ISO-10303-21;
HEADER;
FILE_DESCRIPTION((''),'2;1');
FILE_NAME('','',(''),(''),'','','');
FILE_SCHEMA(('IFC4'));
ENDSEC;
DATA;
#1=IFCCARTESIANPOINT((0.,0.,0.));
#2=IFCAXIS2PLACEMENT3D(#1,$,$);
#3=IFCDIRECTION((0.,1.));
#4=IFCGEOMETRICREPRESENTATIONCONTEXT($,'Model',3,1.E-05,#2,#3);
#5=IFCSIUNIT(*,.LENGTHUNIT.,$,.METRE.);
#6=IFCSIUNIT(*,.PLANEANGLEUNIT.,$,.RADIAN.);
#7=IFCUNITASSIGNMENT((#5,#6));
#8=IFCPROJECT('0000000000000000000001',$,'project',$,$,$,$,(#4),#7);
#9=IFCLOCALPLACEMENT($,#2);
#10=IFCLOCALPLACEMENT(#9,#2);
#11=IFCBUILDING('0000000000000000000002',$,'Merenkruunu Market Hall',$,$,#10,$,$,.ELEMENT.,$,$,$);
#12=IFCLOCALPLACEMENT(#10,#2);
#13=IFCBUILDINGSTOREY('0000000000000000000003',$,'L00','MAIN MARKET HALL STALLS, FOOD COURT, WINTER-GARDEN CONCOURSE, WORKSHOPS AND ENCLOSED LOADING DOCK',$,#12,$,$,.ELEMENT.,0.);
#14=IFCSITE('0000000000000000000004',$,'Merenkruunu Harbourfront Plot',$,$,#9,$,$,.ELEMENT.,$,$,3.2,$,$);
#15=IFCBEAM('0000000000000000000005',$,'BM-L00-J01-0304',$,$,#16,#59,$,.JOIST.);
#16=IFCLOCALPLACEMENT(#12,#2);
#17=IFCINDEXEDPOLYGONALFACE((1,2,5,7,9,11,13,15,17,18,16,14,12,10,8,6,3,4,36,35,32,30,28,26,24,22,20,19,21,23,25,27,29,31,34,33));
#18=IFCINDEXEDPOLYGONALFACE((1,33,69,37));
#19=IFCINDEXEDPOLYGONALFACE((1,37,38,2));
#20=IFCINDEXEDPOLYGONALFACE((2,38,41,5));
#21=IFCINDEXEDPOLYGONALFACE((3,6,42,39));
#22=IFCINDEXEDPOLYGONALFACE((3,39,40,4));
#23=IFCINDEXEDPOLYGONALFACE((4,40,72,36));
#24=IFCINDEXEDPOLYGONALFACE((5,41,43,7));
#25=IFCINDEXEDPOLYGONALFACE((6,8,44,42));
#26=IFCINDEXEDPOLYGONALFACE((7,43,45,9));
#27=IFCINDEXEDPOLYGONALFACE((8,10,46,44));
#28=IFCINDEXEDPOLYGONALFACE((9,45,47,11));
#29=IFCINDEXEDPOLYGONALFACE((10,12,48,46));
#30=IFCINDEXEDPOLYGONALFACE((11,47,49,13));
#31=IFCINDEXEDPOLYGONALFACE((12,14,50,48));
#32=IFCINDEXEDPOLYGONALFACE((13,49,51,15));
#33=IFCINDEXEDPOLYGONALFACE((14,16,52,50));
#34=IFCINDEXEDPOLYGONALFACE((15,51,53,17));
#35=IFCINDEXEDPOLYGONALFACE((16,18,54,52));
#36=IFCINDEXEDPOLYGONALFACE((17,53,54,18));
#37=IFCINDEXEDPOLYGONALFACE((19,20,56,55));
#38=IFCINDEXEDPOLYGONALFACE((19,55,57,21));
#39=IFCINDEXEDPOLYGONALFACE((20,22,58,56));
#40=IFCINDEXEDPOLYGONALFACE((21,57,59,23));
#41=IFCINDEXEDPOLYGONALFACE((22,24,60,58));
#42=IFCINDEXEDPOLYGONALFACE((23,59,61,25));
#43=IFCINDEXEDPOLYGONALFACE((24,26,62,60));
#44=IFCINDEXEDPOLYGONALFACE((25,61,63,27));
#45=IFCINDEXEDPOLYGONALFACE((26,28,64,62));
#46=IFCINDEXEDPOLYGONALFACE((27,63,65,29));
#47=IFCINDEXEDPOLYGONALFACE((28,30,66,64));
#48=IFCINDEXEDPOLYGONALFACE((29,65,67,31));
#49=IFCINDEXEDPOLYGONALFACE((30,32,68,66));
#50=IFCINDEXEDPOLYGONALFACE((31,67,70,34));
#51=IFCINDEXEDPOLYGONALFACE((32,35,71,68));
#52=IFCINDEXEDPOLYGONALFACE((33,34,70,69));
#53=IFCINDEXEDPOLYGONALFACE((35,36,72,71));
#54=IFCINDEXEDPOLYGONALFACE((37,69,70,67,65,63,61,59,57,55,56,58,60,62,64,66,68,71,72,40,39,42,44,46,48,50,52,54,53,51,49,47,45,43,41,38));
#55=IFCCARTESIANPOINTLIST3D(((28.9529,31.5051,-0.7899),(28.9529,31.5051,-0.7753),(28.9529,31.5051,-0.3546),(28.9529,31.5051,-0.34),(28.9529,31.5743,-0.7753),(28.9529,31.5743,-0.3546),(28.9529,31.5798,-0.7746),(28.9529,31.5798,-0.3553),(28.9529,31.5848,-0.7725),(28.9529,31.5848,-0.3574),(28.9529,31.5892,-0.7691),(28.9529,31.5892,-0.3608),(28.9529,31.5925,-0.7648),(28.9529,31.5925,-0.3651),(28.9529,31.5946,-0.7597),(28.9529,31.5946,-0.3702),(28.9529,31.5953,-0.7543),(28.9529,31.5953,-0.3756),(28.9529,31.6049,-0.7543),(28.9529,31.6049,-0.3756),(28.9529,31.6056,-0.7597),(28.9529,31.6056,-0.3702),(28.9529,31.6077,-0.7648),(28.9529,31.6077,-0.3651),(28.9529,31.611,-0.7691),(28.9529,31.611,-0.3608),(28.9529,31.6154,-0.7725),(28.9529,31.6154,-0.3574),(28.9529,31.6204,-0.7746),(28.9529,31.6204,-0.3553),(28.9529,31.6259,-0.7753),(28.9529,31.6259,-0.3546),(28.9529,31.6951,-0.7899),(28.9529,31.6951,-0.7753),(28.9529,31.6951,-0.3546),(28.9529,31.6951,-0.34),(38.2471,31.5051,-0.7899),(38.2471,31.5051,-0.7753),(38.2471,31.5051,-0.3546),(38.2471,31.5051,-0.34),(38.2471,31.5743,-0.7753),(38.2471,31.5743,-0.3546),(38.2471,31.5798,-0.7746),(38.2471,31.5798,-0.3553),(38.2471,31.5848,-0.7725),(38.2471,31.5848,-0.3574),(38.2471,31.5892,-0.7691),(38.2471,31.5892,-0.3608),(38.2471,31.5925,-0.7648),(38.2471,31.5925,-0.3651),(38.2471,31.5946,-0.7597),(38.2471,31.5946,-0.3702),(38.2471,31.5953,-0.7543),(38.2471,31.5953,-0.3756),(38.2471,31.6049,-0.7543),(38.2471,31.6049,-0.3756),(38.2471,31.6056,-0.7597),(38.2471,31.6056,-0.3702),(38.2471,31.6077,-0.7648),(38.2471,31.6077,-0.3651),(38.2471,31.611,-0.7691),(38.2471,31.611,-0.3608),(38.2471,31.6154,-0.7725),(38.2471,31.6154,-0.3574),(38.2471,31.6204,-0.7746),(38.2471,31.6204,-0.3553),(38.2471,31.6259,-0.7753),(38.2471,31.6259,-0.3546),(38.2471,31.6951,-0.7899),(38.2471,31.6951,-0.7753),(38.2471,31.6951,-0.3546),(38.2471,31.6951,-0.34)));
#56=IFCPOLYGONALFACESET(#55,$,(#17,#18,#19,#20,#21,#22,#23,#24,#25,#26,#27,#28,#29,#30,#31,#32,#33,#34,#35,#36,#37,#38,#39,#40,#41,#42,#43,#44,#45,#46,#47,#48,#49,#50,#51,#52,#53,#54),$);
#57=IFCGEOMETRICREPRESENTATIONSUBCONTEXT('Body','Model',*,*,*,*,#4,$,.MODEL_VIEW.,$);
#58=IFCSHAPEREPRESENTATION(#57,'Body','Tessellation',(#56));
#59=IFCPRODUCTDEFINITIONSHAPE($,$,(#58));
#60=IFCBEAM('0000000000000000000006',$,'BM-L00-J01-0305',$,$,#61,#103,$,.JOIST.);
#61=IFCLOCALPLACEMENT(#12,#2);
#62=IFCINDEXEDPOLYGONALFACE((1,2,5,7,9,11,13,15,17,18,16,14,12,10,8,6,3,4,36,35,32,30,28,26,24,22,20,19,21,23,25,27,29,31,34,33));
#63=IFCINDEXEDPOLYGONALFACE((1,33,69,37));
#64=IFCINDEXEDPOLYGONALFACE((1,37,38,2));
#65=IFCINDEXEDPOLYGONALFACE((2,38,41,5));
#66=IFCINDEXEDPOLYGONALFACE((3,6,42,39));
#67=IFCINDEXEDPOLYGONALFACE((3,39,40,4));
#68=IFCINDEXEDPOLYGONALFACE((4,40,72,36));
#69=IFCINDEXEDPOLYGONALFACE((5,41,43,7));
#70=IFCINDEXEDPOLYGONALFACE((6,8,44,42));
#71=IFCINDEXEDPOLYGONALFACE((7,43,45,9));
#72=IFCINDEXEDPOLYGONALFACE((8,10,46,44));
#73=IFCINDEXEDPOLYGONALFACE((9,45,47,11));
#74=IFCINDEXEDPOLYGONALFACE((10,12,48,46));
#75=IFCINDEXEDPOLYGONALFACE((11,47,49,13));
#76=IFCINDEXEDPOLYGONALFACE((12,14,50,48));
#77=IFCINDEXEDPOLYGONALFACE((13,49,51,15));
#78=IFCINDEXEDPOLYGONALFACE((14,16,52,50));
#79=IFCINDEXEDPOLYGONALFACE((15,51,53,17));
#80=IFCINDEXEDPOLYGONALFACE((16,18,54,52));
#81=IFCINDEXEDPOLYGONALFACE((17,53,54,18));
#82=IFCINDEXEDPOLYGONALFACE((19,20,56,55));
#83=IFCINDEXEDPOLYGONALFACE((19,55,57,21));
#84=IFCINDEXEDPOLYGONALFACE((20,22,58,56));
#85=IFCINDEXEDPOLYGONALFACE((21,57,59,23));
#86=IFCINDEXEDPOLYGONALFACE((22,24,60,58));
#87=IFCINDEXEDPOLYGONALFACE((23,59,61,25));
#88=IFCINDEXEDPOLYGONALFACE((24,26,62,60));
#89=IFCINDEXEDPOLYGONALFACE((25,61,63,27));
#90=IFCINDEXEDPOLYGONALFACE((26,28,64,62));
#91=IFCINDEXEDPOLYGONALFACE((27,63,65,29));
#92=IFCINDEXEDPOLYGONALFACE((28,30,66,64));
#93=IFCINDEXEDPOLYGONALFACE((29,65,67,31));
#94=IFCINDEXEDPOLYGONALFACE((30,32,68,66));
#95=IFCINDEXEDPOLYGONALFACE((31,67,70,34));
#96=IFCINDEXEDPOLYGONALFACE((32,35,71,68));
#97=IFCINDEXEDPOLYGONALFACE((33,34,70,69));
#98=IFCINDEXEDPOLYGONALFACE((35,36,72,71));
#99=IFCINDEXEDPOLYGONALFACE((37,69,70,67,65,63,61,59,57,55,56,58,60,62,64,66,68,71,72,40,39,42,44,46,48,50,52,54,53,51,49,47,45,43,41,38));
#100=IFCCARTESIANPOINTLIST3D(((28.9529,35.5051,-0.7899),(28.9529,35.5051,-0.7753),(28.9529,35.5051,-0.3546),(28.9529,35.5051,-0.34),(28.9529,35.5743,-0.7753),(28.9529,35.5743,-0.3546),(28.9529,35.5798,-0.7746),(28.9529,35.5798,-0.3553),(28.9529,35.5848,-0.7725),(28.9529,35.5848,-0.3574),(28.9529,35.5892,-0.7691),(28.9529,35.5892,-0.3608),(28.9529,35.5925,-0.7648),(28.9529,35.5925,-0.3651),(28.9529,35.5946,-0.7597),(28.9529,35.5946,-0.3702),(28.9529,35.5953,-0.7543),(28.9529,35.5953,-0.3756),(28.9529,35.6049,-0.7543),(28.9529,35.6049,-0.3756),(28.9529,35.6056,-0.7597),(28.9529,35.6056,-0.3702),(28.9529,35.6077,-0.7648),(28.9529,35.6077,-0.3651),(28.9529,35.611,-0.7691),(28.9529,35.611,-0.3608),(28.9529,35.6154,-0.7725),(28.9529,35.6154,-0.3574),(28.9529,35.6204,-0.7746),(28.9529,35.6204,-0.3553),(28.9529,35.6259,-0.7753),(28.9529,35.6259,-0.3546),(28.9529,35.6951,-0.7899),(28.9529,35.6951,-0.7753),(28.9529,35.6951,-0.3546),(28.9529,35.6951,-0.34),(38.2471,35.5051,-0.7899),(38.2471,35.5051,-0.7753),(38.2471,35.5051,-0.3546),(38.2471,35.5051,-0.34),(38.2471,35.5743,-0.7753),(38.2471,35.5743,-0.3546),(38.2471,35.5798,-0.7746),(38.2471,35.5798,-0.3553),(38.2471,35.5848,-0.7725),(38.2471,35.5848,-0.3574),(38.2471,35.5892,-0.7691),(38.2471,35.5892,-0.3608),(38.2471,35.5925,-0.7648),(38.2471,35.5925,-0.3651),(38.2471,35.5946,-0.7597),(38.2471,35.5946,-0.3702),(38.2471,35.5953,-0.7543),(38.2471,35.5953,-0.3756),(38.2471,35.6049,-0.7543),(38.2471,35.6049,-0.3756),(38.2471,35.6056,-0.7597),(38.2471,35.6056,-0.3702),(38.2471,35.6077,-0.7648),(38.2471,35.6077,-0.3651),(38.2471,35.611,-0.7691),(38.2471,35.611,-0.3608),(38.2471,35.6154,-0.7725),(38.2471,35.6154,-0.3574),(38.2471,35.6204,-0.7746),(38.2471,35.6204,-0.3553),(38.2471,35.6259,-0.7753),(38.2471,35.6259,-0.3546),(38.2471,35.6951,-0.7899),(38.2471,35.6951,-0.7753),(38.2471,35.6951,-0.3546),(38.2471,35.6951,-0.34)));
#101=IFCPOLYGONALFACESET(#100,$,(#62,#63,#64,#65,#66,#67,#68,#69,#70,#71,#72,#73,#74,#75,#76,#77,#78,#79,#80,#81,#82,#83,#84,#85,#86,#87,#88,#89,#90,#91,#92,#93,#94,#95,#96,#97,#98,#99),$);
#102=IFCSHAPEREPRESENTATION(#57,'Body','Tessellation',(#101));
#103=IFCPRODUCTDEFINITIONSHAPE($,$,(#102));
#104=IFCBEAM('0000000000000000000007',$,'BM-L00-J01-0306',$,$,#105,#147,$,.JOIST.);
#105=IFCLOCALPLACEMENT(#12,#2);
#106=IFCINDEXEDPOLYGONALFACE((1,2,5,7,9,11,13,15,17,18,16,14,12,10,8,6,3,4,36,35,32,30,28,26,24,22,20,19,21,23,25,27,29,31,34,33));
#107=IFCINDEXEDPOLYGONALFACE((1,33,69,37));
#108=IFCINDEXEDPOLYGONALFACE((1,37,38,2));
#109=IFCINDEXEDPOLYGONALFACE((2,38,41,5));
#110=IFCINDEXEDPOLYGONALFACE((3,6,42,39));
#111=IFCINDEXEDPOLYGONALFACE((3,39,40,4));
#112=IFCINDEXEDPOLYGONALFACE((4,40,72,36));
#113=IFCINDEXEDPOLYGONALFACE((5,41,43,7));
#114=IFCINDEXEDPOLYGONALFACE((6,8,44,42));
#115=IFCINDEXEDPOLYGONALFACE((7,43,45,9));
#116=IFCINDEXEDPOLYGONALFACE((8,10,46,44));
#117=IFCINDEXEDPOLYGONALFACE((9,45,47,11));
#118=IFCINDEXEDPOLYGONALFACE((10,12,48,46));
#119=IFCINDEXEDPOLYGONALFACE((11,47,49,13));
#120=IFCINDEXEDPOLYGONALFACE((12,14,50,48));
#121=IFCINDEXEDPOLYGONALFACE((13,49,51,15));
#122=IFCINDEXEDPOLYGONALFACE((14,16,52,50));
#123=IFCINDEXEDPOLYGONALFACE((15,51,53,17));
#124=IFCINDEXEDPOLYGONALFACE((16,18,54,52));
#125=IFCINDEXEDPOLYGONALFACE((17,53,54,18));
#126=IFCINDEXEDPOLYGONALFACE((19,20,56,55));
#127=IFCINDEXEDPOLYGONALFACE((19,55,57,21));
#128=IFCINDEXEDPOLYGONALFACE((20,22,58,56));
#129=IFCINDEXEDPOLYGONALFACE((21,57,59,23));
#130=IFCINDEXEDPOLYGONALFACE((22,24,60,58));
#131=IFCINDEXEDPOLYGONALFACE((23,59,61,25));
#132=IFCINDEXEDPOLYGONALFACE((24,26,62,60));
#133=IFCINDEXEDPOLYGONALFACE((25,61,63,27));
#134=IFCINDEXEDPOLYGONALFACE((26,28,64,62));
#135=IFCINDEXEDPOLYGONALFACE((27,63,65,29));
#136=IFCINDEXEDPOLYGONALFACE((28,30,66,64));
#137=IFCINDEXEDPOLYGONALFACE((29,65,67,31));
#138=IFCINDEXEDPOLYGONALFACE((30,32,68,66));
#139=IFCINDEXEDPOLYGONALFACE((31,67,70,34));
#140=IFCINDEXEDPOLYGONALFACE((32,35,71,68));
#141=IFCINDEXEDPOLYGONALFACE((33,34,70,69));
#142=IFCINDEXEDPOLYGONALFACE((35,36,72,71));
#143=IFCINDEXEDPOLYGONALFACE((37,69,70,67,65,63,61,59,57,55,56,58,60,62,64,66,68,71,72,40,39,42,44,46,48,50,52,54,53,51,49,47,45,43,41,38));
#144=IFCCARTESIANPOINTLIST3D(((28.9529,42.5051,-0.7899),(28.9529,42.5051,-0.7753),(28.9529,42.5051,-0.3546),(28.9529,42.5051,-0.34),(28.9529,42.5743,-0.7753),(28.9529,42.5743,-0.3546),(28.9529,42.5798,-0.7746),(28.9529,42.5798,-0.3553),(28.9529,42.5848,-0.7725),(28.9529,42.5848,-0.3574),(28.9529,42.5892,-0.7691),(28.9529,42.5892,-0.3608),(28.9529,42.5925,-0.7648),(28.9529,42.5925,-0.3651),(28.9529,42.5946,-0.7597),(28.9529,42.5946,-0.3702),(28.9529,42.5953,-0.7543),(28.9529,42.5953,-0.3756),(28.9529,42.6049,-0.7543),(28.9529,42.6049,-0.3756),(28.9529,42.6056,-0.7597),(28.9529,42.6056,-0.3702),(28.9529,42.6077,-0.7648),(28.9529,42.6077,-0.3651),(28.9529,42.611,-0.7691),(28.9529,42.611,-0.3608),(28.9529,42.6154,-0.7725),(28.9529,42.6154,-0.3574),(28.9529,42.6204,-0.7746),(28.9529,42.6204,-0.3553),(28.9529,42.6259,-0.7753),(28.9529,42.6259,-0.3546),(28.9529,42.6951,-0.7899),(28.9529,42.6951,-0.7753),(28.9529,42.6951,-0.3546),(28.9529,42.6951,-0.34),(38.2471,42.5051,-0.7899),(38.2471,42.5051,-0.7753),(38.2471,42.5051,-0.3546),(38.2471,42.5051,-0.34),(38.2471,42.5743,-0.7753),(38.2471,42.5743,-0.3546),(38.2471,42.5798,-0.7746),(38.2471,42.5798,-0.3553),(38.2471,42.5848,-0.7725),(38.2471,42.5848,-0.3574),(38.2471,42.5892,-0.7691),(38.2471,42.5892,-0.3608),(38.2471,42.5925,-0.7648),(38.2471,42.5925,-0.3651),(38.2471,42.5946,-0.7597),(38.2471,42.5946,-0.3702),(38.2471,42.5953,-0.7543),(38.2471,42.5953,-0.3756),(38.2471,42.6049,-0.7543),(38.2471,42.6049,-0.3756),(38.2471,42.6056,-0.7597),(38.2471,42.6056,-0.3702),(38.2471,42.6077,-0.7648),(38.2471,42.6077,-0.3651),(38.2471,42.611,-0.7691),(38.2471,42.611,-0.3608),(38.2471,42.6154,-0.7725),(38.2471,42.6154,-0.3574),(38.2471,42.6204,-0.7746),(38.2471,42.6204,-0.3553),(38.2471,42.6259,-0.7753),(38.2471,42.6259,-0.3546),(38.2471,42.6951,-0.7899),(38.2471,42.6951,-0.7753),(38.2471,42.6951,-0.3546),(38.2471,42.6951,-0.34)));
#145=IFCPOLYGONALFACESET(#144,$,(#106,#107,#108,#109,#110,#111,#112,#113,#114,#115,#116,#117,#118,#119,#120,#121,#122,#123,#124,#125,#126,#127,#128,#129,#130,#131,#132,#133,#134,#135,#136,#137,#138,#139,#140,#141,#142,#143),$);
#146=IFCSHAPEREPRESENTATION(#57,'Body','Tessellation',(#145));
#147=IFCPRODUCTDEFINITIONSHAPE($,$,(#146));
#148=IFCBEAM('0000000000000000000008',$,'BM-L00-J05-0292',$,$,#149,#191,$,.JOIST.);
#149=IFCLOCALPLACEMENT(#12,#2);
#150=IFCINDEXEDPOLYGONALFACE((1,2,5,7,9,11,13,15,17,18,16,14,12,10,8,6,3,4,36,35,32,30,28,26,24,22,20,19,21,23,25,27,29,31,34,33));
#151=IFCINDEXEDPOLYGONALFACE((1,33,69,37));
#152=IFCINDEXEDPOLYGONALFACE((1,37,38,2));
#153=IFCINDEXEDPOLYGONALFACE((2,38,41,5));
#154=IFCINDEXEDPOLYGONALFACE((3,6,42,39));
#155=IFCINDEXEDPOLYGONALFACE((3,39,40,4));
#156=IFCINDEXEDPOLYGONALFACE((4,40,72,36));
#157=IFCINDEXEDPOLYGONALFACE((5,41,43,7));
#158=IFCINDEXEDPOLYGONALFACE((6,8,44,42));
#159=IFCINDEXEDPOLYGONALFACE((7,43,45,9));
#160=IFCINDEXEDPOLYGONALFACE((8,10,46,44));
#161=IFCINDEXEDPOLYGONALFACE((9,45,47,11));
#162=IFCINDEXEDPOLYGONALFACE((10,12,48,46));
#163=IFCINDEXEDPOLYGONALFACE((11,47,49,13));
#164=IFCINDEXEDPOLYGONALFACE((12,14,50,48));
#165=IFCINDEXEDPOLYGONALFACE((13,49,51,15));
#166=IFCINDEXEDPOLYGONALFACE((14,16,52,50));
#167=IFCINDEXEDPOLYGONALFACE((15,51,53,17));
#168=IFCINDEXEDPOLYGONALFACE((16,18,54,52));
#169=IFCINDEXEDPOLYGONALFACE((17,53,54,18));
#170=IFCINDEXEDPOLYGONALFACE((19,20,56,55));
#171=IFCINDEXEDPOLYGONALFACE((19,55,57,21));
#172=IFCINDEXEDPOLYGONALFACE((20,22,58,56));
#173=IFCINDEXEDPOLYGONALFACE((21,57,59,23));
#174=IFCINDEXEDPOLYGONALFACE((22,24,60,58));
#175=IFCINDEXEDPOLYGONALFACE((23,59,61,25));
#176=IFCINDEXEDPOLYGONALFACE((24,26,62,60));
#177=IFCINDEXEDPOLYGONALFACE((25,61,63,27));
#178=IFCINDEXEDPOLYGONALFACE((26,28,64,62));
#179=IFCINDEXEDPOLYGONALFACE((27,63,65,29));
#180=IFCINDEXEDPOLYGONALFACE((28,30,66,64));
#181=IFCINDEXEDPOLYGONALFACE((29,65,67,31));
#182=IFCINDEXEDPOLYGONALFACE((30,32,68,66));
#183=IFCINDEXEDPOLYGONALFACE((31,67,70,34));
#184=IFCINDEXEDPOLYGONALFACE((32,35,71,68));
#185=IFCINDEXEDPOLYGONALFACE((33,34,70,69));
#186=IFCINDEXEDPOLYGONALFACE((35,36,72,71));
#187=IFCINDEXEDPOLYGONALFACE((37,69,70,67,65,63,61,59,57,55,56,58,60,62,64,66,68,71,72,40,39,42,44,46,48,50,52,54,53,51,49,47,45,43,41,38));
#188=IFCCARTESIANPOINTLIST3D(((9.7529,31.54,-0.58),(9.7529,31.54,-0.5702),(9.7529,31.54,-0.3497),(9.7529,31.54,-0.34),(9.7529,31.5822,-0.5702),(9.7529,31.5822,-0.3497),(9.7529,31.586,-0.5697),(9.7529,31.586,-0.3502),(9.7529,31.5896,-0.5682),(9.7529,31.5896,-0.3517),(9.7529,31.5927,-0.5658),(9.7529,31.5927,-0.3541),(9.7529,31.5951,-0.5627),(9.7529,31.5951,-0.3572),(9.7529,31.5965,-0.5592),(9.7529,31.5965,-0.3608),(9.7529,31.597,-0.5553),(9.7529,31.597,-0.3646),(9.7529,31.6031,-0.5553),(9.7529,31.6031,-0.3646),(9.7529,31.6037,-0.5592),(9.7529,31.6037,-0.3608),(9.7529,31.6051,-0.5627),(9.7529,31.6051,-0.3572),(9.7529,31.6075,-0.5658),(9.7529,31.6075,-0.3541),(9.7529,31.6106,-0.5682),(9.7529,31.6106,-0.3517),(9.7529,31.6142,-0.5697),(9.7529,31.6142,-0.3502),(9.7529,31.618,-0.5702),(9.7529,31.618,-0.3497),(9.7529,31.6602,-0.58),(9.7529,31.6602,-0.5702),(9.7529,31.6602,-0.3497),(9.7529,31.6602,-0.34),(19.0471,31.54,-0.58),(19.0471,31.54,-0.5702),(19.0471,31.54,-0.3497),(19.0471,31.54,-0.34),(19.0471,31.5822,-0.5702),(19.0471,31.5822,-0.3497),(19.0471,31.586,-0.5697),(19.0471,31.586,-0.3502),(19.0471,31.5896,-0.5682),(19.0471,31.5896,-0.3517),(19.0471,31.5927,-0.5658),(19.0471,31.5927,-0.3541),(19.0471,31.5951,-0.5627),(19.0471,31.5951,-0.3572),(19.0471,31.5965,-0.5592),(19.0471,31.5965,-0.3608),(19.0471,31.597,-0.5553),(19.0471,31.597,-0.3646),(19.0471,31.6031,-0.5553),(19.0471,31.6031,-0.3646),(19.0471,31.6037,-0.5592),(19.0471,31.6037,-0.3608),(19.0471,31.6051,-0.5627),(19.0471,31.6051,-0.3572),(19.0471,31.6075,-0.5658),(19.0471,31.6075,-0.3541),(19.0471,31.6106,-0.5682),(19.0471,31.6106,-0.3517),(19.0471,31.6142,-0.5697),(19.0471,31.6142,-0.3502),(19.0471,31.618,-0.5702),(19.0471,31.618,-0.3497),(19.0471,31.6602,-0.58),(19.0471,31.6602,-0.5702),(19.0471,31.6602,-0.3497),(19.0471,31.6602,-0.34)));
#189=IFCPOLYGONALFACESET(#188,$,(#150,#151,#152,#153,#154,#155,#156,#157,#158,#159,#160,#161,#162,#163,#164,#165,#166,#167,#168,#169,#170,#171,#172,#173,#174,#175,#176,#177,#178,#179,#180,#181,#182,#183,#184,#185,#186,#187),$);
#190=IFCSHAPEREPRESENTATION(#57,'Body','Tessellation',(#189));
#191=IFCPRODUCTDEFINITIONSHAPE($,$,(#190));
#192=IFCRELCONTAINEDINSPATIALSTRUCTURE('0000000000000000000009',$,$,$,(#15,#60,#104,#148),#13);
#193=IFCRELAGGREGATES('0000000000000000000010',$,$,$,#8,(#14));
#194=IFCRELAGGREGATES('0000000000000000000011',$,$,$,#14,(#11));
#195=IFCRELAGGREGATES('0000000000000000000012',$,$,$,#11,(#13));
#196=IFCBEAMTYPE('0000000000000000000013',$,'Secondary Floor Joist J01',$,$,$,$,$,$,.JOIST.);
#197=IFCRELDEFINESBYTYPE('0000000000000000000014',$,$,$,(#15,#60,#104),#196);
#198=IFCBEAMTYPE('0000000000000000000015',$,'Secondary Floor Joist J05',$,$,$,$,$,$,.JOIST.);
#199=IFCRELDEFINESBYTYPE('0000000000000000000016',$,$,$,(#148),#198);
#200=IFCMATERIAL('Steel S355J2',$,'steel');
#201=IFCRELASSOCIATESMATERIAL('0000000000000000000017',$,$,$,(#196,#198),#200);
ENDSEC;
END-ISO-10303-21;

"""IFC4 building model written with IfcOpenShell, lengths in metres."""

from ifc_helpers import new_model, si_unit, direction, frame, origin, origin_2d, place, context, subcontext, project, spatial, i_section, extrude, material, material_profile, profile_set, type_object, element, save


model = new_model("IFC4")

# Units and contexts
model_context = context("Model", 3, precision=1e-05, world=origin(), true_north=direction((0.0, 1.0)))
body_context = subcontext(model_context, "Body", "Model", "MODEL_VIEW")
ifc_project = project(units=[si_unit("LENGTHUNIT", "METRE"), si_unit("PLANEANGLEUNIT", "RADIAN")], contexts=[model_context])

# Site, building, storey
site_placement = place(None, origin())
site = spatial("IfcSite", under=ifc_project, at=site_placement, Name="Merenkruunu Harbourfront Plot", CompositionType="ELEMENT", RefElevation=3.2)
building_placement = place(site_placement, origin())
building = spatial("IfcBuilding", under=site, at=building_placement, Name="Merenkruunu Market Hall", CompositionType="ELEMENT")
storey_placement = place(building_placement, origin())
storey = spatial("IfcBuildingStorey", under=building, at=storey_placement, Name="L00", Description="MAIN MARKET HALL STALLS, FOOD COURT, WINTER-GARDEN CONCOURSE, WORKSHOPS AND ENCLOSED LOADING DOCK", CompositionType="ELEMENT", Elevation=0.0)

# Shared definitions
ifc_material_1 = material(Name="Steel S355J2", Category="steel")

# Beams
ifc_material_profile_1 = material_profile(ifc_material_1, i_section(OverallWidth=0.1899, OverallDepth=0.45, WebThickness=0.0095, FlangeThickness=0.0146, FilletRadius=0.021, at=origin_2d()), Name="IPE 450")
ifc_profile_set_1 = profile_set([ifc_material_profile_1], Name="Steel S355J2")
beam_type_1 = type_object("IfcBeamType", Name="Secondary Floor Joist J01", PredefinedType="JOIST", material=ifc_profile_set_1)
for number, where, z_axis, x_axis, name in (
    (1, (28.9529, 31.6001, -0.5649), (1.0, 0.0, 0.0), (0.0, 1.0, 0.0), "BM-L00-J01-0304"),
    (2, (28.9529, 35.6001, -0.5649), (1.0, 0.0, 0.0), (0.0, 1.0, 0.0), "BM-L00-J01-0305"),
    (3, (28.9529, 42.6001, -0.5649), (1.0, 0.0, 0.0), (0.0, 1.0, 0.0), "BM-L00-J01-0306"),
):
    element("IfcBeam", number, at=place(storey_placement, frame(where, z_axis=z_axis, x_axis=x_axis)), inside=storey, type_object=beam_type_1, Name=name, PredefinedType="JOIST", context=body_context, shape_type="SweptSolid", body=[
        extrude(i_section(OverallWidth=0.1899, OverallDepth=0.45, WebThickness=0.0095, FlangeThickness=0.0146, FilletRadius=0.021, at=origin_2d()), origin(), (0.0, 0.0, 1.0), 9.2942),
    ])
ifc_material_profile_2 = material_profile(ifc_material_1, i_section(OverallWidth=0.1201, OverallDepth=0.24, WebThickness=0.0061, FlangeThickness=0.0098, FilletRadius=0.0149, at=origin_2d()), Name="IPE 240")
ifc_profile_set_2 = profile_set([ifc_material_profile_2], Name="Steel S355J2")
beam_type_2 = type_object("IfcBeamType", Name="Secondary Floor Joist J05", PredefinedType="JOIST", material=ifc_profile_set_2)
for number, where, z_axis, x_axis, name in (
    (4, (9.7529, 31.6001, -0.46), (1.0, 0.0, 0.0), (0.0, 1.0, 0.0), "BM-L00-J05-0292"),
):
    element("IfcBeam", number, at=place(storey_placement, frame(where, z_axis=z_axis, x_axis=x_axis)), inside=storey, type_object=beam_type_2, Name=name, PredefinedType="JOIST", context=body_context, shape_type="SweptSolid", body=[
        extrude(i_section(OverallWidth=0.1201, OverallDepth=0.24, WebThickness=0.0061, FlangeThickness=0.0098, FilletRadius=0.0149, at=origin_2d()), origin(), (0.0, 0.0, 1.0), 9.2942),
    ])

save(model, "model.ifc")
